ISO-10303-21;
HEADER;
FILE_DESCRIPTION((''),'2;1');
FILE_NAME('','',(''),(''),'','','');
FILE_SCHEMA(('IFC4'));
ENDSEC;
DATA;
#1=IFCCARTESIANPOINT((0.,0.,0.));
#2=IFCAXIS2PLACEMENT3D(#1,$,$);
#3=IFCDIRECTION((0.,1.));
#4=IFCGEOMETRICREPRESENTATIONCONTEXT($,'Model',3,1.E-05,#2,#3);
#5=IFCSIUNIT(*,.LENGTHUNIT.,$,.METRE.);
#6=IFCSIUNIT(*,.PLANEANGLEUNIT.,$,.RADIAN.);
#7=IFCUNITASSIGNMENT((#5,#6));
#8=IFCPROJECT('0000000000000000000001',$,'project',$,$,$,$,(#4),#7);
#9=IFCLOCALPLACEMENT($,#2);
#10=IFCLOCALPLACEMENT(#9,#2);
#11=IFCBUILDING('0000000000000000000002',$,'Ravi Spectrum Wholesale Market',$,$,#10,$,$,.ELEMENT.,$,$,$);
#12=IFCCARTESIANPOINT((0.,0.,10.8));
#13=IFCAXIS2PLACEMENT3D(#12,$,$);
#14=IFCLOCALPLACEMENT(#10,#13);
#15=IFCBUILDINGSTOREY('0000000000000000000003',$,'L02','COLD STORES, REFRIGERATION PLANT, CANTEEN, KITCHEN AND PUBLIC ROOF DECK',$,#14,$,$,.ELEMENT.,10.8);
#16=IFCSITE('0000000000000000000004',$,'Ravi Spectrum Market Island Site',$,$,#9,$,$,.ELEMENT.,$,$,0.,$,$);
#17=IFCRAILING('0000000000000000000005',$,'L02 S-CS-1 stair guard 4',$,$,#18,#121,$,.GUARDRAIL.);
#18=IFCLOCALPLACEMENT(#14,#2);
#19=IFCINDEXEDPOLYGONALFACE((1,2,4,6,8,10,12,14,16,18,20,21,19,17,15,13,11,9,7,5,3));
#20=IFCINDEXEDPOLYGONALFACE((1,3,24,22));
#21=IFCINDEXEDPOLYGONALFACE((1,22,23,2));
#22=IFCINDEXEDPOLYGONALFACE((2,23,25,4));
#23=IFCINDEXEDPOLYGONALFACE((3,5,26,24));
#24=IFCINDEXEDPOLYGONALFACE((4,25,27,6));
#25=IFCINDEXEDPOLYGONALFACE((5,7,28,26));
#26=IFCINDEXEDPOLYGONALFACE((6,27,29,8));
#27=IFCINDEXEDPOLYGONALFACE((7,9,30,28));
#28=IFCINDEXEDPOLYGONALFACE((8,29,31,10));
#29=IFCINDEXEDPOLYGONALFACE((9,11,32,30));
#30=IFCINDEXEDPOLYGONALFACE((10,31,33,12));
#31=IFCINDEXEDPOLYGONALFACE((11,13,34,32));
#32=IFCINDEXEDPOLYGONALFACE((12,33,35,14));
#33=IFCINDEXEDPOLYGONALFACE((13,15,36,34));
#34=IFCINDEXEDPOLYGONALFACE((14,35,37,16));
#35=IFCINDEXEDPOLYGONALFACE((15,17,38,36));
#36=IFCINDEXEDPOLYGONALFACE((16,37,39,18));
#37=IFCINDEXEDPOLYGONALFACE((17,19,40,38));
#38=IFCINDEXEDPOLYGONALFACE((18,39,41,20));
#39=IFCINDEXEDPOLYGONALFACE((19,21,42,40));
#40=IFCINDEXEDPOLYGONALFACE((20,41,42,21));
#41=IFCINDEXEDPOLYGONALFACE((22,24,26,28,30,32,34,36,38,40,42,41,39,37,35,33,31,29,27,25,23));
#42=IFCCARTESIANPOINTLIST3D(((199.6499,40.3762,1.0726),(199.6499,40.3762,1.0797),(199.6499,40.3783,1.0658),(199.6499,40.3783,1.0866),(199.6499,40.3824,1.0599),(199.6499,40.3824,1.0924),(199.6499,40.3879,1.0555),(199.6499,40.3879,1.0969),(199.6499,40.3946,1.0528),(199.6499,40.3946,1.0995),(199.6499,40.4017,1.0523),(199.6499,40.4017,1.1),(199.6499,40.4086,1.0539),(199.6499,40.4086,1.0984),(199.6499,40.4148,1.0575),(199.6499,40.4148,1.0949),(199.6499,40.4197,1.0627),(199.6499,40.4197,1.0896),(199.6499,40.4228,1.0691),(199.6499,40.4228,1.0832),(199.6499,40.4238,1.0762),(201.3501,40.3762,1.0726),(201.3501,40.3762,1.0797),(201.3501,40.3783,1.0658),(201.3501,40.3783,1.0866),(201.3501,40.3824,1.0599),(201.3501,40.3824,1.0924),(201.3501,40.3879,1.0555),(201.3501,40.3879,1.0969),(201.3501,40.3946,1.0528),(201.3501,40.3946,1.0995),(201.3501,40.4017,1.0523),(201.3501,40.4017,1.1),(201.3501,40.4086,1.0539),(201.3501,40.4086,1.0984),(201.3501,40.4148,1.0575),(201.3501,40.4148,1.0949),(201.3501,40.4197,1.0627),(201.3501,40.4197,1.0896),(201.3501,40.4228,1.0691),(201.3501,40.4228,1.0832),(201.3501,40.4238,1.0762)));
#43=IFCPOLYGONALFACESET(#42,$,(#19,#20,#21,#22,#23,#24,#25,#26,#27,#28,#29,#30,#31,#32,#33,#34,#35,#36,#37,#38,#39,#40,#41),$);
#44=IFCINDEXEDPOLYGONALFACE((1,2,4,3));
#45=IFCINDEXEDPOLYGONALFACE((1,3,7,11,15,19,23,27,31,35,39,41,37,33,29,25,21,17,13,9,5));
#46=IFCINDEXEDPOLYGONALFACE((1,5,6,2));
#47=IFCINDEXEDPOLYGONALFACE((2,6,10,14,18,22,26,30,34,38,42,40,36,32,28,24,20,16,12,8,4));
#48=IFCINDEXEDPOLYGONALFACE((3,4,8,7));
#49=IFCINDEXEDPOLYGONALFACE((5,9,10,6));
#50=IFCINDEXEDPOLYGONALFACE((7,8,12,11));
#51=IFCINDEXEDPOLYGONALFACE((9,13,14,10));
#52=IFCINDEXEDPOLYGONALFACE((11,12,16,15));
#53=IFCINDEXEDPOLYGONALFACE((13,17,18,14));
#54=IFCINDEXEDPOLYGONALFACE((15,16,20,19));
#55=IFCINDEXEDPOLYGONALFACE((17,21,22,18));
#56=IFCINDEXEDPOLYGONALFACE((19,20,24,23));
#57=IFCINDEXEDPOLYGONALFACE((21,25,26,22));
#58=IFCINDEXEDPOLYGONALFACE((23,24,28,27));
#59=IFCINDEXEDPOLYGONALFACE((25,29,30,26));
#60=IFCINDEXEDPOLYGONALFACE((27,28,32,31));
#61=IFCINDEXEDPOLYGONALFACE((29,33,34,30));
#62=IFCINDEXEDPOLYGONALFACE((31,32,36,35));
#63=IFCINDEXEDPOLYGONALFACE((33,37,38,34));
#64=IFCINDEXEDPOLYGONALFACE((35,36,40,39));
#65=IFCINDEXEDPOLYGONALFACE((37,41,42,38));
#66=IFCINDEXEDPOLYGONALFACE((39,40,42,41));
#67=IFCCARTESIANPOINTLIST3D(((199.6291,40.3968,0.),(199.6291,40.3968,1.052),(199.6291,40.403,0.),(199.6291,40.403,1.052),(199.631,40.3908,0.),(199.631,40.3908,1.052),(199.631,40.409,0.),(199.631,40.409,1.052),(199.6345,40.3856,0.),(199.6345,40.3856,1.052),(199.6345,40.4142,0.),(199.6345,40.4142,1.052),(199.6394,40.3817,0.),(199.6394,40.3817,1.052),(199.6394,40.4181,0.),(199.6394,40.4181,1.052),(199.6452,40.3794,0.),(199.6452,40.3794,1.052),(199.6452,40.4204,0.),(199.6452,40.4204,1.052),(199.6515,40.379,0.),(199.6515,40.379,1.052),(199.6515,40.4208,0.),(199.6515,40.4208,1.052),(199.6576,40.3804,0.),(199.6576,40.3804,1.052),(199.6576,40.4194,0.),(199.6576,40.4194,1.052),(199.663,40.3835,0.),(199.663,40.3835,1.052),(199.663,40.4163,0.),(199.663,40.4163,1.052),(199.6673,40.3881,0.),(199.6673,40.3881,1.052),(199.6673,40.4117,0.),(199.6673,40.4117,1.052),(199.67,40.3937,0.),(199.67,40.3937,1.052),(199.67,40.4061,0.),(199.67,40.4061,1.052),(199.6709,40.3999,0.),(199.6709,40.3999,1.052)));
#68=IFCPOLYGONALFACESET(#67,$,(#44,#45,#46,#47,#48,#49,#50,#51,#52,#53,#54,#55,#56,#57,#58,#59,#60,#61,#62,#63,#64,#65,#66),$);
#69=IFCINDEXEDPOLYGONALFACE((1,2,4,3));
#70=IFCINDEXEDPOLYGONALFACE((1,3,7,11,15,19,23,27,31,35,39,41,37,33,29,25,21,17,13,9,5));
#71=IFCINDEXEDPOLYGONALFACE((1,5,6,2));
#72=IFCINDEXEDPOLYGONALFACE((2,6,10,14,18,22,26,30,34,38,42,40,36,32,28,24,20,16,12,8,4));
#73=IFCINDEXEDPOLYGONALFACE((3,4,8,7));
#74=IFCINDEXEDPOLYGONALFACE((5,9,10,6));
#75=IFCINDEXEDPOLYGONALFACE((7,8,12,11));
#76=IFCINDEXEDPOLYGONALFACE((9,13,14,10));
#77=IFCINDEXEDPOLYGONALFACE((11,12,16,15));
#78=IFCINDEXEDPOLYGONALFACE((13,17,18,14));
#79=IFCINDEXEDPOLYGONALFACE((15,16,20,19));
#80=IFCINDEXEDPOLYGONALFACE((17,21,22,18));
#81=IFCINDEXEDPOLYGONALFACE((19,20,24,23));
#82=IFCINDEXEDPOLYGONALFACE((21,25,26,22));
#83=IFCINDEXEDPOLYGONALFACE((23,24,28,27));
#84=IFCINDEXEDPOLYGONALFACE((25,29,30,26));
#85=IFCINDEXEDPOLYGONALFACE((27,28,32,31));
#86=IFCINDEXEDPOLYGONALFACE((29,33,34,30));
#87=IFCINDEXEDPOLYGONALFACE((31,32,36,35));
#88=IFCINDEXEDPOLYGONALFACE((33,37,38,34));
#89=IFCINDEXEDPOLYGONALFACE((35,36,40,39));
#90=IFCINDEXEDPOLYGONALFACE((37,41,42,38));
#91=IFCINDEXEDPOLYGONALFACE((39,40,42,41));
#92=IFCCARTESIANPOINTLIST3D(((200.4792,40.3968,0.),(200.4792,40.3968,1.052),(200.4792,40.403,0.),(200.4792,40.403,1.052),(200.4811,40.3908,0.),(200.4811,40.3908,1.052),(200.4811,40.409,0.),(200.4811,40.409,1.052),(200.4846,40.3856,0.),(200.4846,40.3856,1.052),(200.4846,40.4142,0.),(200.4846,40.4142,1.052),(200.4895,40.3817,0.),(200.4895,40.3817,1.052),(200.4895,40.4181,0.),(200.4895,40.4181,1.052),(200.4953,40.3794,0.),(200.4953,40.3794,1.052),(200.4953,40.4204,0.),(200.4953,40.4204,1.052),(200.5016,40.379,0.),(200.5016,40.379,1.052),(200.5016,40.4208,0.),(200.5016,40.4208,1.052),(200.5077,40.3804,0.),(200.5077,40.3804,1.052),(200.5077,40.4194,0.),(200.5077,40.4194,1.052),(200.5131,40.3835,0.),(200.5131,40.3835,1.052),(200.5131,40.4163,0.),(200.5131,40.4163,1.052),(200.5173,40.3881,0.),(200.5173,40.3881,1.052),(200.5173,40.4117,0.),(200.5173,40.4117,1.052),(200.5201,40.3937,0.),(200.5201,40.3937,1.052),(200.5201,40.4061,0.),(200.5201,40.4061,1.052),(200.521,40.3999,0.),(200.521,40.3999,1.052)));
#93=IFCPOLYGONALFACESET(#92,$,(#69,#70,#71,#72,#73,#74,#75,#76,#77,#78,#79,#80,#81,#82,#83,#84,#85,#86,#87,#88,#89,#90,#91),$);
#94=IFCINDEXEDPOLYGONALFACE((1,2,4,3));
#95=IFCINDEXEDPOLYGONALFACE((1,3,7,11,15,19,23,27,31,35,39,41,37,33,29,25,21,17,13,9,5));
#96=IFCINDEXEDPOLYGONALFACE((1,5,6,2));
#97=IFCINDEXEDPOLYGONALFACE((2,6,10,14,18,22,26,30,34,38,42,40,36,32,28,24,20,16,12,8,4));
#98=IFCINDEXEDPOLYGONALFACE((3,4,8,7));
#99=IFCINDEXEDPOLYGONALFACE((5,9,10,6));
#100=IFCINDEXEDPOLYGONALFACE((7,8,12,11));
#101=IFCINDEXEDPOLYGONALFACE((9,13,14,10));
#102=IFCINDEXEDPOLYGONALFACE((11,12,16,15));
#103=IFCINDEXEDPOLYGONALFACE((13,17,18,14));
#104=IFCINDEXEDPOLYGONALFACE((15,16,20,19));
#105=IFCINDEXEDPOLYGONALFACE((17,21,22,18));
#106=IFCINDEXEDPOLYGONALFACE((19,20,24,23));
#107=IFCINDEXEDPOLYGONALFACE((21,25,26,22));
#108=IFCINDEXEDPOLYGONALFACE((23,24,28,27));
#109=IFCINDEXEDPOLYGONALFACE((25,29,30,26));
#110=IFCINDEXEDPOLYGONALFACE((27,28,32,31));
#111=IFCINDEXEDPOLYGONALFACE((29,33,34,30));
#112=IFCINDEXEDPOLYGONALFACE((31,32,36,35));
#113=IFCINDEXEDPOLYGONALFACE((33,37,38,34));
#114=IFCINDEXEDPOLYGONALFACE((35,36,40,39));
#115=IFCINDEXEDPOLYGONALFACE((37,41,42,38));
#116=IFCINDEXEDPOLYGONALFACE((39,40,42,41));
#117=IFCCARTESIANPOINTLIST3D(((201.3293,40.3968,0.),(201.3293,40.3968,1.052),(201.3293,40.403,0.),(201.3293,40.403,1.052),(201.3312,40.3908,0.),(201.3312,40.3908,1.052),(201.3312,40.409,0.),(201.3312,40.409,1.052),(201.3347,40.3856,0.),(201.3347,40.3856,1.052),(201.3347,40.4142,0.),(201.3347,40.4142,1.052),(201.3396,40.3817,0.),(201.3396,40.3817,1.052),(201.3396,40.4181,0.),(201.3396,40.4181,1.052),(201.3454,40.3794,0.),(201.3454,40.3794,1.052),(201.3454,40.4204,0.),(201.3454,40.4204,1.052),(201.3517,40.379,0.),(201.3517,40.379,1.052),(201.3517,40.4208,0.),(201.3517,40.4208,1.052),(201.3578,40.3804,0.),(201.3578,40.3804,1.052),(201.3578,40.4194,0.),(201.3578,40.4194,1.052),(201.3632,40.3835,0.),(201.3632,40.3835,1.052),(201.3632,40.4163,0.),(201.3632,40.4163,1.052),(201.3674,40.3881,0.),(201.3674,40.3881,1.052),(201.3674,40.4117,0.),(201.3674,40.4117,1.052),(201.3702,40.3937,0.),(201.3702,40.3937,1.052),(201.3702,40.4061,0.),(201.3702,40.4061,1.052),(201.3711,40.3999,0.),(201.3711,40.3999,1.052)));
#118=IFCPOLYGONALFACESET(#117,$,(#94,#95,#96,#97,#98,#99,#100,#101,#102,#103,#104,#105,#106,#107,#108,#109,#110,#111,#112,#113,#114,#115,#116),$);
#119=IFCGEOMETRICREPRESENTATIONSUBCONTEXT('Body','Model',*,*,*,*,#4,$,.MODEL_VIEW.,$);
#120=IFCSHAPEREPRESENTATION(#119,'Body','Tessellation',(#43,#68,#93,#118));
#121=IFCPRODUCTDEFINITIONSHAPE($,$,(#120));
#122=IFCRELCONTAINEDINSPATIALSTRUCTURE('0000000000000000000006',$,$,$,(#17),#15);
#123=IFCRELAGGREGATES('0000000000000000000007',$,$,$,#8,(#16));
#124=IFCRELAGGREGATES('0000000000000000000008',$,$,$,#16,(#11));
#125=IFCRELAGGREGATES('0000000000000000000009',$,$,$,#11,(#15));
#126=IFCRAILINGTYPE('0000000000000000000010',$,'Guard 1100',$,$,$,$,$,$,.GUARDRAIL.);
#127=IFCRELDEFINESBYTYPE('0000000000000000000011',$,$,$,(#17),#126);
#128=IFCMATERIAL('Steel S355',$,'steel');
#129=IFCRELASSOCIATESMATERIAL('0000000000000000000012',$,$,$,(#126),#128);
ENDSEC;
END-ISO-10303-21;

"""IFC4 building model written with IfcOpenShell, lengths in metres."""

from ifc_helpers import new_model, si_unit, direction, frame, origin, origin_2d, place, context, subcontext, project, spatial, circle, extrude, material, type_object, element, save


model = new_model("IFC4")

# Units and contexts
model_context = context("Model", 3, precision=1e-05, world=origin(), true_north=direction((0.0, 1.0)))
body_context = subcontext(model_context, "Body", "Model", "MODEL_VIEW")
ifc_project = project(units=[si_unit("LENGTHUNIT", "METRE"), si_unit("PLANEANGLEUNIT", "RADIAN")], contexts=[model_context])

# Site, building, storey
site_placement = place(None, origin())
site = spatial("IfcSite", under=ifc_project, at=site_placement, Name="Ravi Spectrum Market Island Site", CompositionType="ELEMENT", RefElevation=0.0)
building_placement = place(site_placement, origin())
building = spatial("IfcBuilding", under=site, at=building_placement, Name="Ravi Spectrum Wholesale Market", CompositionType="ELEMENT")
storey_placement = place(building_placement, frame((0.0, 0.0, 10.8)))
storey = spatial("IfcBuildingStorey", under=building, at=storey_placement, Name="L02", Description="COLD STORES, REFRIGERATION PLANT, CANTEEN, KITCHEN AND PUBLIC ROOF DECK", CompositionType="ELEMENT", Elevation=10.8)

# Railing
ifc_material_1 = material(Name="Steel S355", Category="steel")
railing_type_1 = type_object("IfcRailingType", Name="Guard 1100", PredefinedType="GUARDRAIL", material=ifc_material_1)
railing_1_placement = place(storey_placement, frame((199.6499, 40.3999, 0.0)))
element("IfcRailing", 1, at=railing_1_placement, inside=storey, type_object=railing_type_1, Name="L02 S-CS-1 stair guard 4", PredefinedType="GUARDRAIL", context=body_context, shape_type="SweptSolid", body=[
    extrude(circle(Radius=0.0239, at=origin_2d()), frame((0.0, 0.0, 1.0762), z_axis=(1.0, 0.0, 0.0), x_axis=(0.0, 1.0, 0.0)), (0.0, 0.0, 1.0), 1.7002),
    extrude(circle(Radius=0.021, at=origin_2d()), origin(), (0.0, 0.0, 1.0), 1.052),
    extrude(circle(Radius=0.021, at=origin_2d()), frame((0.8501, 0.0, 0.0)), (0.0, 0.0, 1.0), 1.052),
    extrude(circle(Radius=0.021, at=origin_2d()), frame((1.7002, 0.0, 0.0)), (0.0, 0.0, 1.0), 1.052),
])

save(model, "model.ifc")
